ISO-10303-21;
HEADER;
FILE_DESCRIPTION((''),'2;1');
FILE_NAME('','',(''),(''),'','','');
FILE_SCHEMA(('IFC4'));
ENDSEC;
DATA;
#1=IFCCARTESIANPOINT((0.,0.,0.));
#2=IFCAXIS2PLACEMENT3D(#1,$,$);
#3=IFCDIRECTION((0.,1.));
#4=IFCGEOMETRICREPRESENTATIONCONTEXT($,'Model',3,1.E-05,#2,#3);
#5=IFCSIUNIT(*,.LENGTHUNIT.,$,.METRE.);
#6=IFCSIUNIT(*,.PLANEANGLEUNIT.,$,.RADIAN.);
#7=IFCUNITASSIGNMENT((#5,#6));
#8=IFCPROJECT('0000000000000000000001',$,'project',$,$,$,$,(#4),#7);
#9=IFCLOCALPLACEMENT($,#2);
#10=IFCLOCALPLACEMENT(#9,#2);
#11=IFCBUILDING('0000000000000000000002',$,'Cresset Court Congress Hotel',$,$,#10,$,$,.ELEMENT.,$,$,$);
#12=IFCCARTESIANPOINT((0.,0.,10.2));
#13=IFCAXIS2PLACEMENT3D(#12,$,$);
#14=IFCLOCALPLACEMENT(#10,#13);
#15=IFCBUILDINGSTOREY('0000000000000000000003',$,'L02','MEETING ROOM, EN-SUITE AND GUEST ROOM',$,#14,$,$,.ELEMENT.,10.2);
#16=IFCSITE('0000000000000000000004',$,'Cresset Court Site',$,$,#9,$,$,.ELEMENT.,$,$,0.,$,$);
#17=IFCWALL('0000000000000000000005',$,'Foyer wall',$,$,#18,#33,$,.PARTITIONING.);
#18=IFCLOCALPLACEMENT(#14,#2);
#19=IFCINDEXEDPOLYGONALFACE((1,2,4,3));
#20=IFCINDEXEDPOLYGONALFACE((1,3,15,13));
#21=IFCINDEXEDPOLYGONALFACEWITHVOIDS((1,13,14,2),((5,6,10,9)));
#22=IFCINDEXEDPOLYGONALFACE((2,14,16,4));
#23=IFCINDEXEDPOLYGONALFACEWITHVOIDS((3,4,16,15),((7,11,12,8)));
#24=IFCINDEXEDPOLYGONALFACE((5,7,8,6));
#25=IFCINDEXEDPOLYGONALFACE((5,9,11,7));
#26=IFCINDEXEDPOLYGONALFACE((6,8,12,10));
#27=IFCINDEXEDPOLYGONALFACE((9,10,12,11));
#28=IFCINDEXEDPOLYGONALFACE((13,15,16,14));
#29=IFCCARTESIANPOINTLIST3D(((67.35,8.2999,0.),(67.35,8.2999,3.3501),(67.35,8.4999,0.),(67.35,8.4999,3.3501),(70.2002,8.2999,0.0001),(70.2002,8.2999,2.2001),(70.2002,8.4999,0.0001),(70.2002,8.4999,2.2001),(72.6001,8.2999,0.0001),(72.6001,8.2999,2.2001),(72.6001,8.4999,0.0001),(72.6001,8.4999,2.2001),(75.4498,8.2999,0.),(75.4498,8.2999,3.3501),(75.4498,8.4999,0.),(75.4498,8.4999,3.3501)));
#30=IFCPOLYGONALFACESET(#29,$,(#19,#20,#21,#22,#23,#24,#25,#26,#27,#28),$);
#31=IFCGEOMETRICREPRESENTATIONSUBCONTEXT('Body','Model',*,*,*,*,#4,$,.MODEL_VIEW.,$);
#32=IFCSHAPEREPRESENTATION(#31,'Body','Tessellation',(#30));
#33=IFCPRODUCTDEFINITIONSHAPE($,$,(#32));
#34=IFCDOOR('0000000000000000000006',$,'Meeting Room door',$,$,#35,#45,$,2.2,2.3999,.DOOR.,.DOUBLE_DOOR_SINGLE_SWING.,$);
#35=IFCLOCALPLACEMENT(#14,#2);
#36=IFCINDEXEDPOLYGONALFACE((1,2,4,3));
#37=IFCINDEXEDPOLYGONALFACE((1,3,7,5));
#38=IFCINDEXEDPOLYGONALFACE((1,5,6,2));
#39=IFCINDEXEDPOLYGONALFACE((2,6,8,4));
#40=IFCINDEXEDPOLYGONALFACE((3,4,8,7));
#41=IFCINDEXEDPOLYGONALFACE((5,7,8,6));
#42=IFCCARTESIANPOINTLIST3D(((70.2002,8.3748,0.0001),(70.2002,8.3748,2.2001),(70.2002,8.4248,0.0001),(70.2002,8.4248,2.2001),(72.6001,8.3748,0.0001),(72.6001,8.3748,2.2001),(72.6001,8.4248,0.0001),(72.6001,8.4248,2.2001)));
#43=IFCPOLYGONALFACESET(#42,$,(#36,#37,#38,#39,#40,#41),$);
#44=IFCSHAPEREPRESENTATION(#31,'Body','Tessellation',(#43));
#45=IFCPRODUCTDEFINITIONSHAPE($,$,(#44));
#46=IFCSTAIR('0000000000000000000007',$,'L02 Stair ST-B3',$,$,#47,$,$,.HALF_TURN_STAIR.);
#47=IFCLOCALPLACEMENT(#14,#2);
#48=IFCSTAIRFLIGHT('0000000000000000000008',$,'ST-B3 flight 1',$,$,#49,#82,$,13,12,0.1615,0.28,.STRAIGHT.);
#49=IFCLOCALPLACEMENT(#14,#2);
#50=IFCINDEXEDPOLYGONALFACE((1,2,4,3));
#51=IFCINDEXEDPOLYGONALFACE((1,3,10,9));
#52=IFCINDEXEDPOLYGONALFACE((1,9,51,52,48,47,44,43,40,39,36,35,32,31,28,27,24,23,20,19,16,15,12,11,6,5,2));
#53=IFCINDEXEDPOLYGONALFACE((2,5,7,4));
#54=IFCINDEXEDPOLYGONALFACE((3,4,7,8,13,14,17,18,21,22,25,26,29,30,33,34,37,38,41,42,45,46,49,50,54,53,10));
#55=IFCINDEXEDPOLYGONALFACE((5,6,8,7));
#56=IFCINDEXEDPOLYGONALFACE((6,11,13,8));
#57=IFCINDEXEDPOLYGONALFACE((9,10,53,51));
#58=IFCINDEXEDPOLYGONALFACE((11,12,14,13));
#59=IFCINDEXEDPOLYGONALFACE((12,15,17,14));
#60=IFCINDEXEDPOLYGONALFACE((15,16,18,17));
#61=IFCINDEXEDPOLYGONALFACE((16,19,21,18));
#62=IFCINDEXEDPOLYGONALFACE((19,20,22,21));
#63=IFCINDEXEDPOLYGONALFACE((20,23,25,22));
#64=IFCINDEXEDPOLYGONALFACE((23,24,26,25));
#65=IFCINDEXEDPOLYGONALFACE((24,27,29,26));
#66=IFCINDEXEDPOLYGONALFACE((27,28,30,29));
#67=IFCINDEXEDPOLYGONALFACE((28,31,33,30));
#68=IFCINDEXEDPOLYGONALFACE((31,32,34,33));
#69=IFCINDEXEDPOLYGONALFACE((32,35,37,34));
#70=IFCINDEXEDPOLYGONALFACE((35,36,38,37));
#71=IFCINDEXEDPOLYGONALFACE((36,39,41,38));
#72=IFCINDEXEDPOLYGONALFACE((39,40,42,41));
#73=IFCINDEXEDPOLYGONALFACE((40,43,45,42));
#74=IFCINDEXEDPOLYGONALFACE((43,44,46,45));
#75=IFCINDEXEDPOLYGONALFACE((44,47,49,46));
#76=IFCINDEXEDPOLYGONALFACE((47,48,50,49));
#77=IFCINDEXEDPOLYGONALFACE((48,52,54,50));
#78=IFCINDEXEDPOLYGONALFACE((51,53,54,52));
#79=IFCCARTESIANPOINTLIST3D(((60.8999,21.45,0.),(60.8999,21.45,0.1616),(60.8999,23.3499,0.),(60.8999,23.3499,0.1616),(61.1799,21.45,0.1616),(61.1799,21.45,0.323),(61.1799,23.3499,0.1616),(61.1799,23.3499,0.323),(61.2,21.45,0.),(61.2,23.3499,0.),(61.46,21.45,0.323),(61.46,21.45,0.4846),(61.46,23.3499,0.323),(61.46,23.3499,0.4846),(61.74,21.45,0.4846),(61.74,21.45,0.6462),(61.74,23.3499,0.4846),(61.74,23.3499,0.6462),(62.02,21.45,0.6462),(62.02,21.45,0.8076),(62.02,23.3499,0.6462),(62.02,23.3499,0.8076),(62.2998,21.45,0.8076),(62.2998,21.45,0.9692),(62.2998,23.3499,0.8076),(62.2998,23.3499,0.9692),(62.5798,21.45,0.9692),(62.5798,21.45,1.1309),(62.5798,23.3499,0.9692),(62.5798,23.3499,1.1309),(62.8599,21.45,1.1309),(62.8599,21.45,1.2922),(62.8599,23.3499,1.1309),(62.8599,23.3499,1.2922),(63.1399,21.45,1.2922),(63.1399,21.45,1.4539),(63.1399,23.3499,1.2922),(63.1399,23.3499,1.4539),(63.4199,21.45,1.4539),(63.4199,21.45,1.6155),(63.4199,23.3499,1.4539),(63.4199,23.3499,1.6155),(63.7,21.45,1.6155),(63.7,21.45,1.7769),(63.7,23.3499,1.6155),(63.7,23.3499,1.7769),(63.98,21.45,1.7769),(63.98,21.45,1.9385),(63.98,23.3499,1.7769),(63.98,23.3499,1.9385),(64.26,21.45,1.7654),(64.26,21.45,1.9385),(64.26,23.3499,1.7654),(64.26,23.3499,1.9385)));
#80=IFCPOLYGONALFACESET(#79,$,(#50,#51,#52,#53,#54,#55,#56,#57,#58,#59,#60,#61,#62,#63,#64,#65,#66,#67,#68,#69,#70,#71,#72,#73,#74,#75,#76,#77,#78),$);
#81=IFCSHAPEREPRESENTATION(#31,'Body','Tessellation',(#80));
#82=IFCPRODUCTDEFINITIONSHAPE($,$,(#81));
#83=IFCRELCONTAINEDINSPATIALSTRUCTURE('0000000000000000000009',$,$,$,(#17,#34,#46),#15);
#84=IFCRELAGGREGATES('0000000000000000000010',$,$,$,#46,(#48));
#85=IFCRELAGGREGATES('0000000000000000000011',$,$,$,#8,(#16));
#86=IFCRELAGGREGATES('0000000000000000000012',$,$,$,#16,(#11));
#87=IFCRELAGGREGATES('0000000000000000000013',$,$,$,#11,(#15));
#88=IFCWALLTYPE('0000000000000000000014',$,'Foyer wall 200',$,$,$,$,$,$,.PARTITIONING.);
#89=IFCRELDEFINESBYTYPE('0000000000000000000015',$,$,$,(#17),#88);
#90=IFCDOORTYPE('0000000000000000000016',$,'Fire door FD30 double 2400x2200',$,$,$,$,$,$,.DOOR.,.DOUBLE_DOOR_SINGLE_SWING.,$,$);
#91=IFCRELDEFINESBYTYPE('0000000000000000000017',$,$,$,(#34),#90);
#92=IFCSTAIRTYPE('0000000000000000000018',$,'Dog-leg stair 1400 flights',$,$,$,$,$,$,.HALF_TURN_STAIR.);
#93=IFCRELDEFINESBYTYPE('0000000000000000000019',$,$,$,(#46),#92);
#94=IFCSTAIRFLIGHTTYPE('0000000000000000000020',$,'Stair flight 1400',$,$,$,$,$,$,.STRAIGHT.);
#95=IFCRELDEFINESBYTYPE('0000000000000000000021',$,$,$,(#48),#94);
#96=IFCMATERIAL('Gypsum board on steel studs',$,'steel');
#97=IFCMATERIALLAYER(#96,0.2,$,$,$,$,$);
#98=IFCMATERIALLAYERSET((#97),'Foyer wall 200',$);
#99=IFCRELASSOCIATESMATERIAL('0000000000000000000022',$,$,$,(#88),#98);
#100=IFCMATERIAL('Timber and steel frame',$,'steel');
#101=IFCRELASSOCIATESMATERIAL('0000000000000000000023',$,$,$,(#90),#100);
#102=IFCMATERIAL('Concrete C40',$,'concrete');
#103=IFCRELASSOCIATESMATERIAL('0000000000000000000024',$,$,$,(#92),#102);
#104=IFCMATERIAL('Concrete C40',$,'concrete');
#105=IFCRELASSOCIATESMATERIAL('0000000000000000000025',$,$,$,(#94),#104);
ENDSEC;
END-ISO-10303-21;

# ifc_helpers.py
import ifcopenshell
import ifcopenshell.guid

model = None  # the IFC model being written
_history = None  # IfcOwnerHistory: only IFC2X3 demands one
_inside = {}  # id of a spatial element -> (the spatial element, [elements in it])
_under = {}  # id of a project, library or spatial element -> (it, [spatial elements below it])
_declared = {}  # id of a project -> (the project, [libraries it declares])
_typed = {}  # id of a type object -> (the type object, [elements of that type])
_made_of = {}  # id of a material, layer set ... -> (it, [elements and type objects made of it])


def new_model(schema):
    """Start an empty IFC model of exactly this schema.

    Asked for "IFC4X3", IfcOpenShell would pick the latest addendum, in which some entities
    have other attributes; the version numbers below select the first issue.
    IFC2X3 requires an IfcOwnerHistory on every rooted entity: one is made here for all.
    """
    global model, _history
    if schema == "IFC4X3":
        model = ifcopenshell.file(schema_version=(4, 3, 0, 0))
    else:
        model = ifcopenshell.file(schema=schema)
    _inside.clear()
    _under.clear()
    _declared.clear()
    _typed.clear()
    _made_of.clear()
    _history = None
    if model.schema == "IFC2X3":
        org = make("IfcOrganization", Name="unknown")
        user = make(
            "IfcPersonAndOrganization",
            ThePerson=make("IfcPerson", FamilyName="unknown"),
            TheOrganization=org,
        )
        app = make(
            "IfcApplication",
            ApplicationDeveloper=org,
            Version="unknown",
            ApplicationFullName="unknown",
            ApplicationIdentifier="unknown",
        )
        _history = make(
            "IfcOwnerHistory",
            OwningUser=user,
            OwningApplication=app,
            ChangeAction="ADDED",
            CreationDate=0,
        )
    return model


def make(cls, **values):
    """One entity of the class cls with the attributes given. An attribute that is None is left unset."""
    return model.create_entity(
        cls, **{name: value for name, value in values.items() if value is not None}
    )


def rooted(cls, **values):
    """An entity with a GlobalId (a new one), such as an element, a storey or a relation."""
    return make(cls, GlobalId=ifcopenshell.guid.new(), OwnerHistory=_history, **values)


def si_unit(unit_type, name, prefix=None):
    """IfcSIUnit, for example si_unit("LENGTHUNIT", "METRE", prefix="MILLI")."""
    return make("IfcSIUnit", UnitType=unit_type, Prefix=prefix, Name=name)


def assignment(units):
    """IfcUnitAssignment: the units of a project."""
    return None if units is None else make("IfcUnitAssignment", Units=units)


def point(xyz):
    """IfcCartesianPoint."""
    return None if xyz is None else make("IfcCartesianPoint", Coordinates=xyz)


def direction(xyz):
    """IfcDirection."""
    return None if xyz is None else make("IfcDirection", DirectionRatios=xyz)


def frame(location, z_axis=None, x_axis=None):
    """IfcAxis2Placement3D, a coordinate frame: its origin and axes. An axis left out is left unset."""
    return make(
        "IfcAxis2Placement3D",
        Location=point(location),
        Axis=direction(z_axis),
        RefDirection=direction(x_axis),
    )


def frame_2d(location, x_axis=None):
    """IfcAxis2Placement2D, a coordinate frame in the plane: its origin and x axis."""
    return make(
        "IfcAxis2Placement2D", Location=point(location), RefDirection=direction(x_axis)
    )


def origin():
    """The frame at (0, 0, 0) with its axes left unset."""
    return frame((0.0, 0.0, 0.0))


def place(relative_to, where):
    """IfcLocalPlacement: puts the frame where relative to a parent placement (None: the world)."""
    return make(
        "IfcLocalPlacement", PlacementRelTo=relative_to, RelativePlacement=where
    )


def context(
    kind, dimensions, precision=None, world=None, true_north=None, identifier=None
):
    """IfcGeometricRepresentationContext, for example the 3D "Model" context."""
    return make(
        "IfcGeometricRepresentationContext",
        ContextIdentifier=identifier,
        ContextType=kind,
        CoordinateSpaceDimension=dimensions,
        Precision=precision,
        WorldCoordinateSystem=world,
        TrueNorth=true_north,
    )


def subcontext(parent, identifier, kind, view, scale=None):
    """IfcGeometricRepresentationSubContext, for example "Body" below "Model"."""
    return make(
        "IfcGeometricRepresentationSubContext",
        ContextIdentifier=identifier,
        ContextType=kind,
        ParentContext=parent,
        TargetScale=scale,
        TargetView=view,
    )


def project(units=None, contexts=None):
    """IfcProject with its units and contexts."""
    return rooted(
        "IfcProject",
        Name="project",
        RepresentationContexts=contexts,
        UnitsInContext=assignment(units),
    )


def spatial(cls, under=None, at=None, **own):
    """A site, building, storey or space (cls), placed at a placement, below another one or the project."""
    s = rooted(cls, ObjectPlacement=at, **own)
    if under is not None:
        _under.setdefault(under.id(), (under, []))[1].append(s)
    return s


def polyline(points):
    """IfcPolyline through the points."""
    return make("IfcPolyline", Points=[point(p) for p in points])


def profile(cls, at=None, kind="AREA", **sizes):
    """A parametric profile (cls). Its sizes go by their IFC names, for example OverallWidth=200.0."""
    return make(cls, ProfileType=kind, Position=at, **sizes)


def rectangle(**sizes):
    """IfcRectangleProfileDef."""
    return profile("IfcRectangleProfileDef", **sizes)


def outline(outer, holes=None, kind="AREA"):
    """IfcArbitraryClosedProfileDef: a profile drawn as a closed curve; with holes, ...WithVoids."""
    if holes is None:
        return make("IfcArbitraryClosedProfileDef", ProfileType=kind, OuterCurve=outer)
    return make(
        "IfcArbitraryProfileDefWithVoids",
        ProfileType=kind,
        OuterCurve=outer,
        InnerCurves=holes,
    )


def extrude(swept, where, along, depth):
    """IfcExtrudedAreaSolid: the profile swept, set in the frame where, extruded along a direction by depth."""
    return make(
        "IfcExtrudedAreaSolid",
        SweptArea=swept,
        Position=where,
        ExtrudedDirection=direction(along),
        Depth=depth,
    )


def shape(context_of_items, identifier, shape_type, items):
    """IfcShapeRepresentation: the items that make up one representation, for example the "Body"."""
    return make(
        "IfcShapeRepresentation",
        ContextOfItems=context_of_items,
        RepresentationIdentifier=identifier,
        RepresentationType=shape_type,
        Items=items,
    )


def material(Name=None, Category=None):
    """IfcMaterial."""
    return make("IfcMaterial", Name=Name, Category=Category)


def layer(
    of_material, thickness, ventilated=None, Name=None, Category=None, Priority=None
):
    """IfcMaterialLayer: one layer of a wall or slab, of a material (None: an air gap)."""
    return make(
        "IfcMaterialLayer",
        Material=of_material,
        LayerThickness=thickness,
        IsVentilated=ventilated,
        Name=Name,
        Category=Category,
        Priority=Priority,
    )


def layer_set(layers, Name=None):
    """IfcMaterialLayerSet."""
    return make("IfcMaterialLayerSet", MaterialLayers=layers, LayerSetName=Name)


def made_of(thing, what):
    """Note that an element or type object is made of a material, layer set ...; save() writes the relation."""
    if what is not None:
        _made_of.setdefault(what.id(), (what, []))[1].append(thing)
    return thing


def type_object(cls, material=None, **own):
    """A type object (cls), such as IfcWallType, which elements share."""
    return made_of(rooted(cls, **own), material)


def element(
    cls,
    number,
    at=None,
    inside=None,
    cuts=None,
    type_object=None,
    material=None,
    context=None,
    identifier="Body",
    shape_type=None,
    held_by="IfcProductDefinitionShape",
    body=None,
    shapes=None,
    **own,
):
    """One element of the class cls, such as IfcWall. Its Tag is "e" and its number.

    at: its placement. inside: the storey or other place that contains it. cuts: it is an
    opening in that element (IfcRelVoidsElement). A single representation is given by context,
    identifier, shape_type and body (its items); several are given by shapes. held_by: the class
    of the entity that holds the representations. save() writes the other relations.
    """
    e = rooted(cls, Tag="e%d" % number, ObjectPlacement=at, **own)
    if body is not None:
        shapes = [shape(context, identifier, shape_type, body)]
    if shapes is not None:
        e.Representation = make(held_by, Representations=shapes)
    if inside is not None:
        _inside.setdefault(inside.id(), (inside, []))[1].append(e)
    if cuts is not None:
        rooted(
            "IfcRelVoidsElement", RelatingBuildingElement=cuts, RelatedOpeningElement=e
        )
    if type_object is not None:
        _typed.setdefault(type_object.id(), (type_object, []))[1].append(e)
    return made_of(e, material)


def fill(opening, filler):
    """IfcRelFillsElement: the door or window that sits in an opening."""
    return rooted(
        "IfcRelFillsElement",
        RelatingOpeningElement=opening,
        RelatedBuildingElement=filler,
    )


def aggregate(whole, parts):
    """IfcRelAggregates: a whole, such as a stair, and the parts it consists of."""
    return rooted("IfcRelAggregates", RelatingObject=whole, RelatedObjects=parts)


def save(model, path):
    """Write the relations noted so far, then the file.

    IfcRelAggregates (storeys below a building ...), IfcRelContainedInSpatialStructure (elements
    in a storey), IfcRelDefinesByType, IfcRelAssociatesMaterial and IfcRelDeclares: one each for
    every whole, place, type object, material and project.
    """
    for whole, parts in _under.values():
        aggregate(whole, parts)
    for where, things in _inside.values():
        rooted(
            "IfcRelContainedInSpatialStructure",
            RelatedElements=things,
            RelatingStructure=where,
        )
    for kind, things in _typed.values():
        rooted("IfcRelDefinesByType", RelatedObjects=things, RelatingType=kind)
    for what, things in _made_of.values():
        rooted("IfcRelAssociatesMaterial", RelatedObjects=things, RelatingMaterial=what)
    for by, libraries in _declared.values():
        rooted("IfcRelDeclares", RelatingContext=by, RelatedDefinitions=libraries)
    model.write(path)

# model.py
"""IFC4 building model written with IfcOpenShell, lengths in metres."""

from ifc_helpers import new_model, si_unit, direction, frame, frame_2d, origin, place, context, subcontext, project, spatial, polyline, rectangle, outline, extrude, material, layer, layer_set, type_object, element, fill, aggregate, save


model = new_model("IFC4")

# Units and contexts
model_context = context("Model", 3, precision=1e-05, world=origin(), true_north=direction((0.0, 1.0)))
body_context = subcontext(model_context, "Body", "Model", "MODEL_VIEW")
ifc_project = project(units=[si_unit("LENGTHUNIT", "METRE"), si_unit("PLANEANGLEUNIT", "RADIAN")], contexts=[model_context])

# Site, building, storey
site_placement = place(None, origin())
site = spatial("IfcSite", under=ifc_project, at=site_placement, Name="Cresset Court Site", CompositionType="ELEMENT", RefElevation=0.0)
building_placement = place(site_placement, origin())
building = spatial("IfcBuilding", under=site, at=building_placement, Name="Cresset Court Congress Hotel", CompositionType="ELEMENT")
storey_placement = place(building_placement, frame((0.0, 0.0, 10.2)))
storey = spatial("IfcBuildingStorey", under=building, at=storey_placement, Name="L02", Description="MEETING ROOM, EN-SUITE AND GUEST ROOM", CompositionType="ELEMENT", Elevation=10.2)

# Wall, opening, door
ifc_material_1 = material(Name="Gypsum board on steel studs", Category="steel")
ifc_layer_1 = layer(ifc_material_1, 0.2)
ifc_layer_set_1 = layer_set([ifc_layer_1], Name="Foyer wall 200")
wall_type_1 = type_object("IfcWallType", Name="Foyer wall 200", PredefinedType="PARTITIONING", material=ifc_layer_set_1)
wall_1_placement = place(storey_placement, frame((67.3501, 8.3999, 0.0), z_axis=(0.0, 0.0, 1.0), x_axis=(1.0, 0.0, 0.0)))
wall_1 = element("IfcWall", 1, at=wall_1_placement, inside=storey, type_object=wall_type_1, Name="Foyer wall", PredefinedType="PARTITIONING", context=body_context, shape_type="SweptSolid", body=[
    extrude(rectangle(XDim=8.0999, YDim=0.2, at=frame_2d((4.0498, 0.0))), origin(), (0.0, 0.0, 1.0), 3.3501),
])
opening_1_placement = place(wall_1_placement, frame((2.8501, 0.0, 0.0)))
opening_1 = element("IfcOpeningElement", 2, at=opening_1_placement, cuts=wall_1, PredefinedType="OPENING", context=body_context, shape_type="SweptSolid", body=[
    extrude(rectangle(XDim=2.3999, YDim=2.2, at=frame_2d((1.2, 1.1001))), frame((0.0, 0.1099, 0.0), z_axis=(0.0, -1.0, 0.0), x_axis=(1.0, 0.0, 0.0)), (0.0, 0.0, 1.0), 0.22),
])
ifc_material_2 = material(Name="Timber and steel frame", Category="steel")
door_type_1 = type_object("IfcDoorType", Name="Fire door FD30 double 2400x2200", OperationType="DOUBLE_DOOR_SINGLE_SWING", PredefinedType="DOOR", material=ifc_material_2)
door_1_placement = place(opening_1_placement, origin())
door_1 = element("IfcDoor", 3, at=door_1_placement, inside=storey, type_object=door_type_1, Name="Meeting Room door", OperationType="DOUBLE_DOOR_SINGLE_SWING", OverallHeight=2.2, OverallWidth=2.3999, PredefinedType="DOOR", context=body_context, shape_type="SweptSolid", body=[
    extrude(rectangle(XDim=2.3999, YDim=2.2, at=frame_2d((1.2, 1.1001))), frame((0.0, 0.0249, 0.0), z_axis=(0.0, -1.0, 0.0), x_axis=(1.0, 0.0, 0.0)), (0.0, 0.0, 1.0), 0.05),
])
fill(opening_1, door_1)

# Stair, stair flight
ifc_material_3 = material(Name="Concrete C40", Category="concrete")
stair_type = type_object("IfcStairType", Name="Dog-leg stair 1400 flights", PredefinedType="HALF_TURN_STAIR", material=ifc_material_3)
stair_placement = place(storey_placement, origin())
stair = element("IfcStair", 4, at=stair_placement, inside=storey, type_object=stair_type, Name="L02 Stair ST-B3", PredefinedType="HALF_TURN_STAIR")
ifc_material_4 = material(Name="Concrete C40", Category="concrete")
stair_flight_type = type_object("IfcStairFlightType", Name="Stair flight 1400", PredefinedType="STRAIGHT", material=ifc_material_4)
stair_flight_placement = place(storey_placement, frame((60.8999, 22.3999, 0.0), z_axis=(0.0, 0.0, 1.0), x_axis=(1.0, 0.0, 0.0)))
stair_flight = element("IfcStairFlight", 5, at=stair_flight_placement, type_object=stair_flight_type, Name="ST-B3 flight 1", NumberOfRisers=13, NumberOfTreads=12, PredefinedType="STRAIGHT", RiserHeight=0.1615, TreadLength=0.28, context=body_context, shape_type="SweptSolid", body=[
    extrude(outline(polyline([(0.0, 0.0), (0.0, 0.1616), (0.28, 0.1616), (0.28, 0.323), (0.5601, 0.323), (0.5601, 0.4846), (0.8401, 0.4846), (0.8401, 0.6462), (1.1201, 0.6462), (1.1201, 0.8076), (1.3999, 0.8076), (1.3999, 0.9692), (1.6799, 0.9692), (1.6799, 1.1309), (1.96, 1.1309), (1.96, 1.2922), (2.24, 1.2922), (2.24, 1.4539), (2.52, 1.4539), (2.52, 1.6155), (2.8, 1.6155), (2.8, 1.7769), (3.0801, 1.7769), (3.0801, 1.9385), (3.3601, 1.9385), (3.3601, 2.1001), (3.3601, 1.7654), (0.3, 0.0), (0.0, 0.0)])), frame((0.0, 0.95, 0.0), z_axis=(0.0, -1.0, 0.0), x_axis=(1.0, 0.0, 0.0)), (0.0, 0.0, 1.0), 1.8999),
])
aggregate(stair, [stair_flight])

save(model, "model.ifc")
